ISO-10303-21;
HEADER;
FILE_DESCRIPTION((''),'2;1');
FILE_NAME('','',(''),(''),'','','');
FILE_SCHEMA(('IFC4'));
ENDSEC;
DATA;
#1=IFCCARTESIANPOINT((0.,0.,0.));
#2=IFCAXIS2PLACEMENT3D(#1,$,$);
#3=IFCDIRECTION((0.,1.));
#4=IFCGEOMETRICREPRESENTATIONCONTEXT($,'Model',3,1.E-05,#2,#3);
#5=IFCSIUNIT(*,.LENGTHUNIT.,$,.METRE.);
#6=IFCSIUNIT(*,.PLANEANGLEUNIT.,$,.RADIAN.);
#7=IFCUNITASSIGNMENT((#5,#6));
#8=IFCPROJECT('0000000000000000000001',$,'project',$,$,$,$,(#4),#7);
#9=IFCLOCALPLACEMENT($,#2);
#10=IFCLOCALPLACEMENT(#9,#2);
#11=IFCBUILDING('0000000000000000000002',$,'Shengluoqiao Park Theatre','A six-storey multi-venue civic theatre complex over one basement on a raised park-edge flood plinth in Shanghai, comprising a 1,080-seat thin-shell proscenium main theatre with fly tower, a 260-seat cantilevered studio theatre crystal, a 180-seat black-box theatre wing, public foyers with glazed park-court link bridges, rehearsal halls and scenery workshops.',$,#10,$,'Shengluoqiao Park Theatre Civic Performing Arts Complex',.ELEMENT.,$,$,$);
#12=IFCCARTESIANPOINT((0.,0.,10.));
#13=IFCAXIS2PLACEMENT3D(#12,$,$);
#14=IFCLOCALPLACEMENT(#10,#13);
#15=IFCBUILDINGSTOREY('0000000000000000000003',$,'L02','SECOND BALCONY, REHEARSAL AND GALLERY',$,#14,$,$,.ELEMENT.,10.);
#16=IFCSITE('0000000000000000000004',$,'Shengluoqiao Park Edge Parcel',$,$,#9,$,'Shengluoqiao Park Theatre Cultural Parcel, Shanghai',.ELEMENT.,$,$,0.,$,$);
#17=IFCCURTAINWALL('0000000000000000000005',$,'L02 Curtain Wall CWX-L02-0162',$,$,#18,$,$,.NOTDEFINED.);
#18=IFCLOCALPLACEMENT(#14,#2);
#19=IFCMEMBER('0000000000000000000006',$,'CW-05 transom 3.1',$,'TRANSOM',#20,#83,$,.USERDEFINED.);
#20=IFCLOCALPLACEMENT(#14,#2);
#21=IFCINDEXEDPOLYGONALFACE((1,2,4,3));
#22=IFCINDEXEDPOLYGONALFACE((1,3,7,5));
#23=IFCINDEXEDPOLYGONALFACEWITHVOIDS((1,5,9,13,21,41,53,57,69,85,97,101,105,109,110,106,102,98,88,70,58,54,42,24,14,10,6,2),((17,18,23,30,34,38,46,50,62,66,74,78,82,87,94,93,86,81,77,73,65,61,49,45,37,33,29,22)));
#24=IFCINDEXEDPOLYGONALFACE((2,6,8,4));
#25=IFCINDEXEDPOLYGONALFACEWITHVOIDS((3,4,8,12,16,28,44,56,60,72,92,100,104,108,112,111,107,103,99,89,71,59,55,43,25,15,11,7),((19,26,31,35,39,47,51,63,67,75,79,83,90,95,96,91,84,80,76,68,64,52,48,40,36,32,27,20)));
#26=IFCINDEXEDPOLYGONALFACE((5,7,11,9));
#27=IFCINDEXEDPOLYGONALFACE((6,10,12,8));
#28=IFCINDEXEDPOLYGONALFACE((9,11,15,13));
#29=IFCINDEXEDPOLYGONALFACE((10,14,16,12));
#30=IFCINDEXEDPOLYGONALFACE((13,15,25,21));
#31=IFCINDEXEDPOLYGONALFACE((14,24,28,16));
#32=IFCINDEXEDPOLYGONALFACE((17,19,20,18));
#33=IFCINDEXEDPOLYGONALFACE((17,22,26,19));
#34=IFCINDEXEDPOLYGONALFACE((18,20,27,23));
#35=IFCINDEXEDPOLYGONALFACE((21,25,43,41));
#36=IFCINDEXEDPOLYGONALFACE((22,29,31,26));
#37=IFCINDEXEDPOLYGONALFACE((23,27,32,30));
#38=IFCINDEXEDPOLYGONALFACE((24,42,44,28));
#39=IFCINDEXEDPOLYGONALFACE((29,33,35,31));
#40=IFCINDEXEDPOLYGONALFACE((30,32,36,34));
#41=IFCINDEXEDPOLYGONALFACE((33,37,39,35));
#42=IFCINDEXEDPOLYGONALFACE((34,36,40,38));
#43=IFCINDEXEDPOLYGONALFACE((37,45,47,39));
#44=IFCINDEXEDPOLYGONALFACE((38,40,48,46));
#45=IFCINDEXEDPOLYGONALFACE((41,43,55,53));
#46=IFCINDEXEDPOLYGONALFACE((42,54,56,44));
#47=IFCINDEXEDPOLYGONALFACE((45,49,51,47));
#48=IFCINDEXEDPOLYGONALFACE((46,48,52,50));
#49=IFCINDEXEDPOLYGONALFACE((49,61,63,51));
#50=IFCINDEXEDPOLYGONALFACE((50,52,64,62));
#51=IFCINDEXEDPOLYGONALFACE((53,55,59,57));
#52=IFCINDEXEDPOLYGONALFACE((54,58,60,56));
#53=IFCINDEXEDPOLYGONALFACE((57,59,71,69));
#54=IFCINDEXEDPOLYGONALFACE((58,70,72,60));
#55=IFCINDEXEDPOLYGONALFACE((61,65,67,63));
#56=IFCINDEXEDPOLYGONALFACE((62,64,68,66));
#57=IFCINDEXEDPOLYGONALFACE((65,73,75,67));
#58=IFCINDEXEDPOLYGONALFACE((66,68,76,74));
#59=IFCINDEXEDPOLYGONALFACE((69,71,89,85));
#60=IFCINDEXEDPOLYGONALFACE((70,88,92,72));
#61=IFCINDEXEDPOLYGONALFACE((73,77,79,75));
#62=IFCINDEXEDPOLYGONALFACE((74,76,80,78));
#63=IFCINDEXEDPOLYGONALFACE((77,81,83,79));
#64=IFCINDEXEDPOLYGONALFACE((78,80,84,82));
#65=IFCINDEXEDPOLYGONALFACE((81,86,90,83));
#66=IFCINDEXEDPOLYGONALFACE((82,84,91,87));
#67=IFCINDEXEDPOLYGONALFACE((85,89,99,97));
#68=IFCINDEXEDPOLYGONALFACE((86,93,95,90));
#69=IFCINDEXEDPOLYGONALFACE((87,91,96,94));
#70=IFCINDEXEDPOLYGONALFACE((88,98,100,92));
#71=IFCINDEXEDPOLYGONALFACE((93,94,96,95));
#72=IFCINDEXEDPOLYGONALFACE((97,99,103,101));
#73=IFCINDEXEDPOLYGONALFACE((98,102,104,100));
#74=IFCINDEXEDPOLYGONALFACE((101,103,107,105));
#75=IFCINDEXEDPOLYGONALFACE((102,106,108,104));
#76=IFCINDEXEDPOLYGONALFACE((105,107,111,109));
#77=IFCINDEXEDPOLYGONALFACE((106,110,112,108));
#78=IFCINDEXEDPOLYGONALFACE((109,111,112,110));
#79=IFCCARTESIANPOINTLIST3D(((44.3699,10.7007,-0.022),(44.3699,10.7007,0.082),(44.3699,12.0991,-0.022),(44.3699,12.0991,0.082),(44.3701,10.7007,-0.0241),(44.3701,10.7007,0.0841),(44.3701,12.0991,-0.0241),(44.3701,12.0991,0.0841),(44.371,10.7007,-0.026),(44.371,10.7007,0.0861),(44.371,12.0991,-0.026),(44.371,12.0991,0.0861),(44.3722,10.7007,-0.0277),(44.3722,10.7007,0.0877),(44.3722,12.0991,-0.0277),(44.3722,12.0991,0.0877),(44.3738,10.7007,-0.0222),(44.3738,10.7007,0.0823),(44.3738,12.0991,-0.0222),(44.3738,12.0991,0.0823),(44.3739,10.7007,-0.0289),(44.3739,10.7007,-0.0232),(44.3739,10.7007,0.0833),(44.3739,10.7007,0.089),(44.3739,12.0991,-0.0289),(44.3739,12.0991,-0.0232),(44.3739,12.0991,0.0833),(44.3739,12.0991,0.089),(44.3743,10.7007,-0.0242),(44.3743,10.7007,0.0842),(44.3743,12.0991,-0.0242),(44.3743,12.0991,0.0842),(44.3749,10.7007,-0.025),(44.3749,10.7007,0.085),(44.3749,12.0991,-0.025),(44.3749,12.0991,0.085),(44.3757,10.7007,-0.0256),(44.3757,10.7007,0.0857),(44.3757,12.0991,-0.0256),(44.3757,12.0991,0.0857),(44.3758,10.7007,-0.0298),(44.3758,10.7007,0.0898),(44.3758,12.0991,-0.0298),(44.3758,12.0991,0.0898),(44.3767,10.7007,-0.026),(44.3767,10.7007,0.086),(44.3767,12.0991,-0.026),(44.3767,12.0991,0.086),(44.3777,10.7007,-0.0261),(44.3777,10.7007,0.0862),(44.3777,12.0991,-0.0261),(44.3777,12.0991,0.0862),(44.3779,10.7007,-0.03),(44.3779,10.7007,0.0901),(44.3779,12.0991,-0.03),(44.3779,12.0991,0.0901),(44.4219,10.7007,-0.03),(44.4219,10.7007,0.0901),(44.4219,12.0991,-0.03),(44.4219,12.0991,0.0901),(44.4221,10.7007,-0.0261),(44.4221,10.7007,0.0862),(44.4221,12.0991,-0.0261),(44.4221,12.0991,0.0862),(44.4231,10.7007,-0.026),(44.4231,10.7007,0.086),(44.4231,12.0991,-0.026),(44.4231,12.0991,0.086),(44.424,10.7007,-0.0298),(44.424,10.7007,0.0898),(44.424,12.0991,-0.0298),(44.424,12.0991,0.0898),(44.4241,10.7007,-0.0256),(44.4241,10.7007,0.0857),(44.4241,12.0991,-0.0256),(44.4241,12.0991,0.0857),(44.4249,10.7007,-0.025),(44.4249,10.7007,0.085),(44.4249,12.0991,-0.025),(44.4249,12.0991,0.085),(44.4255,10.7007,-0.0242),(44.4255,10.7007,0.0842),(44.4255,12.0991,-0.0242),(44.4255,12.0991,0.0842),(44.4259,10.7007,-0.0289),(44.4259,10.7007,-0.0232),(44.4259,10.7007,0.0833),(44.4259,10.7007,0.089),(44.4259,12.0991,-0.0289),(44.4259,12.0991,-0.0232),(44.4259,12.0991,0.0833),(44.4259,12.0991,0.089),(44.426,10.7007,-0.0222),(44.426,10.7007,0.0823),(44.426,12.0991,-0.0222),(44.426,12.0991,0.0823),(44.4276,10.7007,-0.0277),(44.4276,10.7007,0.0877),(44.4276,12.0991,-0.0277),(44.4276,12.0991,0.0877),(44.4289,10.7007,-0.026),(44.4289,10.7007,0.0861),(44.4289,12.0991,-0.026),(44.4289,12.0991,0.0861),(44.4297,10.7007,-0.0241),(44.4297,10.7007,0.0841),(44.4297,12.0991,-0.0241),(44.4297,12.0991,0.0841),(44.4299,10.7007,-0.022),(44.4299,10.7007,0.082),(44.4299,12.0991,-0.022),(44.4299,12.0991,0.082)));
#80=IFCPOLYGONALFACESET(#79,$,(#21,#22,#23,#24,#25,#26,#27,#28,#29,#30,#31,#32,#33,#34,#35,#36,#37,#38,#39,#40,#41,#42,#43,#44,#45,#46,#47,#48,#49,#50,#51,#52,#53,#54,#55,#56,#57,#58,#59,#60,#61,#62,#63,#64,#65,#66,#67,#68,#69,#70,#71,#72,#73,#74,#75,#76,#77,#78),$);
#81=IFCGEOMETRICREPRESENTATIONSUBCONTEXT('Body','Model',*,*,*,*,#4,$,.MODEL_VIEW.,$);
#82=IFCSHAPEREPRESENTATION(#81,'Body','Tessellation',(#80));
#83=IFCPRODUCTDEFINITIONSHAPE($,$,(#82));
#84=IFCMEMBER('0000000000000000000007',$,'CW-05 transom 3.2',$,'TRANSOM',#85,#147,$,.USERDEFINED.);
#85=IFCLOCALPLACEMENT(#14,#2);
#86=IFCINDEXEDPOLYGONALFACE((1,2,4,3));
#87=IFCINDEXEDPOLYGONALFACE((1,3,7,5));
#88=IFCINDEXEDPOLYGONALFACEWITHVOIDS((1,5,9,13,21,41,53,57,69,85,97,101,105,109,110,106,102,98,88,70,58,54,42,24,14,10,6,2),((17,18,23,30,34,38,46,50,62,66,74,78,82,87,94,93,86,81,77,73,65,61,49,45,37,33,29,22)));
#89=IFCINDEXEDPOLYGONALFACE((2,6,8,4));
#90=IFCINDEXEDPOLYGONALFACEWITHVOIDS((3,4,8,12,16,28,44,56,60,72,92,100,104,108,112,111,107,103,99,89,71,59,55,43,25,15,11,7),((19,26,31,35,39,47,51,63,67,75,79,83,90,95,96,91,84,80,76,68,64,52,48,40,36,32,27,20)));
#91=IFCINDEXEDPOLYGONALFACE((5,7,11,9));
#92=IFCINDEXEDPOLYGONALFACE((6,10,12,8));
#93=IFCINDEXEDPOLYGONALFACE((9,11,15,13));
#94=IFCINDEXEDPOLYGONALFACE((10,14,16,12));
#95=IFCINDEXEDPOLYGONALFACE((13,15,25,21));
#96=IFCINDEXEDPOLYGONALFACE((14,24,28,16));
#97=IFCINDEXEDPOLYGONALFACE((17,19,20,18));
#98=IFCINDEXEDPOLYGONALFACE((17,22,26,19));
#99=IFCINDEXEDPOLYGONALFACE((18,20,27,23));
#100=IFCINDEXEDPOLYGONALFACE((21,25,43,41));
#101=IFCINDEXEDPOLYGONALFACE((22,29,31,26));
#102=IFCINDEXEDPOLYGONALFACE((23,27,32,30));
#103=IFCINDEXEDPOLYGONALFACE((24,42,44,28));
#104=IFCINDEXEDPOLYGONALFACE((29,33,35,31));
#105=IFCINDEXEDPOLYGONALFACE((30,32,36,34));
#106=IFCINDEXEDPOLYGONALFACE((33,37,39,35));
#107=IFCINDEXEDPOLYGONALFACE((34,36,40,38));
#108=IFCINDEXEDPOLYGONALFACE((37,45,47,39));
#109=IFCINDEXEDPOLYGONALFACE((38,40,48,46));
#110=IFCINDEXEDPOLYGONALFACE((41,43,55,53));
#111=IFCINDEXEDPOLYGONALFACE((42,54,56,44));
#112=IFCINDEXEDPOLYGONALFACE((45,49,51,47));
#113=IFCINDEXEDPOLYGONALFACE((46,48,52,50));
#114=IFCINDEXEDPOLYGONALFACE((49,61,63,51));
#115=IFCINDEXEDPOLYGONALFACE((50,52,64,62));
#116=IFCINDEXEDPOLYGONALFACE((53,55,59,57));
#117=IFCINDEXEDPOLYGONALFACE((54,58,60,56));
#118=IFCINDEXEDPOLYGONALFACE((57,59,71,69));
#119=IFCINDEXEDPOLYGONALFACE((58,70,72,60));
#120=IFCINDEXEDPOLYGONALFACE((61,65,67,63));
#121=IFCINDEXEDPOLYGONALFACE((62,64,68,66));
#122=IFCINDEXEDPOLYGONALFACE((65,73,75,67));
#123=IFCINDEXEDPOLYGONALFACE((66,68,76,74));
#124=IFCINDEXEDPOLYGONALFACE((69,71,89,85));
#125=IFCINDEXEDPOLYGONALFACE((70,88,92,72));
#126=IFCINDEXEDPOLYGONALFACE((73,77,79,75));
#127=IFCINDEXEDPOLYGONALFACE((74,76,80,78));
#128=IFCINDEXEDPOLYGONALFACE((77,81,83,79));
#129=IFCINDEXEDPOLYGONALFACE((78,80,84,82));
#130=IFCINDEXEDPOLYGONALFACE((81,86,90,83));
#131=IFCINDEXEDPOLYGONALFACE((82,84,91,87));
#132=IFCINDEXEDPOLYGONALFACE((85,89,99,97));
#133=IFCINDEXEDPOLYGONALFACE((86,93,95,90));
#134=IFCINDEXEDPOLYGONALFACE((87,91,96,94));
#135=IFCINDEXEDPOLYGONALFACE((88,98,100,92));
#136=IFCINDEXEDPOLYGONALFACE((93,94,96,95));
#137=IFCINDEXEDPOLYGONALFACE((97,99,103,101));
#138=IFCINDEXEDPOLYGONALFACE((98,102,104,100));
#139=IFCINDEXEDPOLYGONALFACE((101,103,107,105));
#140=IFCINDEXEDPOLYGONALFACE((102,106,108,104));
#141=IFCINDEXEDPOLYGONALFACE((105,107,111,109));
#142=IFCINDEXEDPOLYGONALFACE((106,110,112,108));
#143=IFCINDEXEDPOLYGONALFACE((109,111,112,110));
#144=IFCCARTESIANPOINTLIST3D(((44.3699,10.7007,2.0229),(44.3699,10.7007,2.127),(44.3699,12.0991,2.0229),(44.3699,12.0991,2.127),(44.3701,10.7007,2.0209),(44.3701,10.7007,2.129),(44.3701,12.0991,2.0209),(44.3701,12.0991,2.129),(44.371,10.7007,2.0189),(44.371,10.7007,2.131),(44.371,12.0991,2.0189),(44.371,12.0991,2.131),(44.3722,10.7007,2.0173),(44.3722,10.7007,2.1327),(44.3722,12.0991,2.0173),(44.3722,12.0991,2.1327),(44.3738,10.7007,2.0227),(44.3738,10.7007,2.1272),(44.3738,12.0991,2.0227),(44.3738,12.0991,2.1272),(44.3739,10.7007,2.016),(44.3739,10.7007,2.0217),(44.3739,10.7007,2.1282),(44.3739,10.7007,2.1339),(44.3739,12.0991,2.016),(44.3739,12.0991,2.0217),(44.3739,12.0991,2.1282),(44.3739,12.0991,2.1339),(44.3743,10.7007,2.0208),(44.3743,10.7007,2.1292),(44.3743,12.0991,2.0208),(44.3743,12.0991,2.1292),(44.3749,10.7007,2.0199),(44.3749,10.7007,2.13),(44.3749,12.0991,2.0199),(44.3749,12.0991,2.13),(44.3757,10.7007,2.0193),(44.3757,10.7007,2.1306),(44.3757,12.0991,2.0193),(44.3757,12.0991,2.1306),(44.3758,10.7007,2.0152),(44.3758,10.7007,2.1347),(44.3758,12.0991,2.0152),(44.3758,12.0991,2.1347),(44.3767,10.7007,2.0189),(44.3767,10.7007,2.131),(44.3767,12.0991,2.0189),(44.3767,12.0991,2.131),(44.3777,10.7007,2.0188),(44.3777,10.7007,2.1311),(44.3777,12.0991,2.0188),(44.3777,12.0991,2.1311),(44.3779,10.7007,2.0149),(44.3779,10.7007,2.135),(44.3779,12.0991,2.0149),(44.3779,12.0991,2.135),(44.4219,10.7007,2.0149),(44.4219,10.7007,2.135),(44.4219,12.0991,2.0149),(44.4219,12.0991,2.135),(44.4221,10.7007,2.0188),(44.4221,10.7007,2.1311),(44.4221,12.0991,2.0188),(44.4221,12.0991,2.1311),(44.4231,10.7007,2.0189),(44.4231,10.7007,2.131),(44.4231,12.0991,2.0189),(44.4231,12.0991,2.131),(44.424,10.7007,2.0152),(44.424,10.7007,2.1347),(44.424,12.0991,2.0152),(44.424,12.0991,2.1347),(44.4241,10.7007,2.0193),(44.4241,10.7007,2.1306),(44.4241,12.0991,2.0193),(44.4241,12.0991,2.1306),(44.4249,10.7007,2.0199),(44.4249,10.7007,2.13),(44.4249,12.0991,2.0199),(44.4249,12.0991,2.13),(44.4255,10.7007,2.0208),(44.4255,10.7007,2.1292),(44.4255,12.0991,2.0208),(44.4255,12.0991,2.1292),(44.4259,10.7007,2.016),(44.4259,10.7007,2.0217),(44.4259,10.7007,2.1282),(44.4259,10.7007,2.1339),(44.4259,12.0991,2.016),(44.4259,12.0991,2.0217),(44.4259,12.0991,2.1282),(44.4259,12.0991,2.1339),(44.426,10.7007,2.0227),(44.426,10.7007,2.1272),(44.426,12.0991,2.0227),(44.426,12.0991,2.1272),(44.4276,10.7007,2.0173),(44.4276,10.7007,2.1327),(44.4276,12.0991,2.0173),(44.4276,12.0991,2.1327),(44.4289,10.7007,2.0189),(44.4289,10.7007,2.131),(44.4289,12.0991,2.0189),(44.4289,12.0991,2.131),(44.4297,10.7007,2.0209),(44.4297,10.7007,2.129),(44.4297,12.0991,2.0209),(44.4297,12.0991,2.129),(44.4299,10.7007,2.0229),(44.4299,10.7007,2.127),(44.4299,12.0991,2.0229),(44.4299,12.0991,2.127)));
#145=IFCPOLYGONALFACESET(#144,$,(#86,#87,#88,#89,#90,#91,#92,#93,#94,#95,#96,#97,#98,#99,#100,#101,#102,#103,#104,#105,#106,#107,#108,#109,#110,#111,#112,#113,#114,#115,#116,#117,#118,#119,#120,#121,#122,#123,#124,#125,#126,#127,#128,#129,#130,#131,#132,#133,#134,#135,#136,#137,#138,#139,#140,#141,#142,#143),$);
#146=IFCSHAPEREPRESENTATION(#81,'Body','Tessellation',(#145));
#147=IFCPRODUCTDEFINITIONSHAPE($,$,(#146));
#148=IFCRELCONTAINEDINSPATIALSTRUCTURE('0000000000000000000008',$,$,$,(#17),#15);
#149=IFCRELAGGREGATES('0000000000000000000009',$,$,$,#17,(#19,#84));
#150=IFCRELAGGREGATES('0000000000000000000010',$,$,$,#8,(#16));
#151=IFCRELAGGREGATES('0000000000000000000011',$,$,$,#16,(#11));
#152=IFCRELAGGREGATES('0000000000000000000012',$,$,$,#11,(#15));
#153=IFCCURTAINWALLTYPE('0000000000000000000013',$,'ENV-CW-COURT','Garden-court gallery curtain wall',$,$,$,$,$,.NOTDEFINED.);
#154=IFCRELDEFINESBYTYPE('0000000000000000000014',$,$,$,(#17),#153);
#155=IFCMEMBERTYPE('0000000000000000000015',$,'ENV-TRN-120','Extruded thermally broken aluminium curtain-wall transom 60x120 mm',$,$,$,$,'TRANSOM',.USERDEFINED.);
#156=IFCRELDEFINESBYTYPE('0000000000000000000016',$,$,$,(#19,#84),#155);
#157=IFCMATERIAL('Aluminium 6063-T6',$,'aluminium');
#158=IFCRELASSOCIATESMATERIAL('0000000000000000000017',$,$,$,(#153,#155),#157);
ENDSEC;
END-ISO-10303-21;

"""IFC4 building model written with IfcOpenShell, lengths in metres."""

from ifc_helpers import new_model, si_unit, direction, frame, origin, origin_2d, place, context, subcontext, project, spatial, hollow_rectangle, extrude, material, material_profile, profile_set, type_object, element, aggregate, save


model = new_model("IFC4")

# Units and contexts
model_context = context("Model", 3, precision=1e-05, world=origin(), true_north=direction((0.0, 1.0)))
body_context = subcontext(model_context, "Body", "Model", "MODEL_VIEW")
ifc_project = project(units=[si_unit("LENGTHUNIT", "METRE"), si_unit("PLANEANGLEUNIT", "RADIAN")], contexts=[model_context])

# Site, building, storey
site_placement = place(None, origin())
site = spatial("IfcSite", under=ifc_project, at=site_placement, Name="Shengluoqiao Park Edge Parcel", LongName="Shengluoqiao Park Theatre Cultural Parcel, Shanghai", CompositionType="ELEMENT", RefElevation=0.0)
building_placement = place(site_placement, origin())
building = spatial("IfcBuilding", under=site, at=building_placement, Name="Shengluoqiao Park Theatre", Description="A six-storey multi-venue civic theatre complex over one basement on a raised park-edge flood plinth in Shanghai, comprising a 1,080-seat thin-shell proscenium main theatre with fly tower, a 260-seat cantilevered studio theatre crystal, a 180-seat black-box theatre wing, public foyers with glazed park-court link bridges, rehearsal halls and scenery workshops.", LongName="Shengluoqiao Park Theatre Civic Performing Arts Complex", CompositionType="ELEMENT")
storey_placement = place(building_placement, frame((0.0, 0.0, 10.0)))
storey = spatial("IfcBuildingStorey", under=building, at=storey_placement, Name="L02", Description="SECOND BALCONY, REHEARSAL AND GALLERY", CompositionType="ELEMENT", Elevation=10.0)

# Curtain wall, members
ifc_material_1 = material(Name="Aluminium 6063-T6", Category="aluminium")
curtain_wall_type = type_object("IfcCurtainWallType", Name="ENV-CW-COURT", Description="Garden-court gallery curtain wall", PredefinedType="NOTDEFINED", material=ifc_material_1)
curtain_wall_placement = place(storey_placement, origin())
curtain_wall = element("IfcCurtainWall", 1, at=curtain_wall_placement, inside=storey, type_object=curtain_wall_type, Name="L02 Curtain Wall CWX-L02-0162", PredefinedType="NOTDEFINED")
ifc_material_profile_1 = material_profile(ifc_material_1, hollow_rectangle(XDim=0.0601, YDim=0.1201, WallThickness=0.0039, InnerFilletRadius=0.0039, OuterFilletRadius=0.0081, at=origin_2d()), Name="ALU TRANSOM 120x60x4")
ifc_profile_set_1 = profile_set([ifc_material_profile_1], Name="Aluminium 6063-T6")
member_type_1 = type_object("IfcMemberType", Name="ENV-TRN-120", Description="Extruded thermally broken aluminium curtain-wall transom 60x120 mm", ElementType="TRANSOM", PredefinedType="USERDEFINED", material=ifc_profile_set_1)
member_1_placement = place(storey_placement, frame((44.3999, 10.7007, 0.03), z_axis=(0.0, 1.0, 0.0), x_axis=(-1.0, 0.0, 0.0)))
member_1 = element("IfcMember", 2, at=member_1_placement, type_object=member_type_1, Name="CW-05 transom 3.1", ObjectType="TRANSOM", PredefinedType="USERDEFINED", context=body_context, shape_type="SweptSolid", body=[
    extrude(hollow_rectangle(XDim=0.0601, YDim=0.1201, WallThickness=0.0039, InnerFilletRadius=0.0039, OuterFilletRadius=0.0081, at=origin_2d()), origin(), (0.0, 0.0, 1.0), 1.3984),
])
member_2_placement = place(storey_placement, frame((44.3999, 10.7007, 2.075), z_axis=(0.0, 1.0, 0.0), x_axis=(-1.0, 0.0, 0.0)))
member_2 = element("IfcMember", 3, at=member_2_placement, type_object=member_type_1, Name="CW-05 transom 3.2", ObjectType="TRANSOM", PredefinedType="USERDEFINED", context=body_context, shape_type="SweptSolid", body=[
    extrude(hollow_rectangle(XDim=0.0601, YDim=0.1201, WallThickness=0.0039, InnerFilletRadius=0.0039, OuterFilletRadius=0.0081, at=origin_2d()), origin(), (0.0, 0.0, 1.0), 1.3984),
])
aggregate(curtain_wall, [member_1, member_2])

save(model, "model.ifc")
